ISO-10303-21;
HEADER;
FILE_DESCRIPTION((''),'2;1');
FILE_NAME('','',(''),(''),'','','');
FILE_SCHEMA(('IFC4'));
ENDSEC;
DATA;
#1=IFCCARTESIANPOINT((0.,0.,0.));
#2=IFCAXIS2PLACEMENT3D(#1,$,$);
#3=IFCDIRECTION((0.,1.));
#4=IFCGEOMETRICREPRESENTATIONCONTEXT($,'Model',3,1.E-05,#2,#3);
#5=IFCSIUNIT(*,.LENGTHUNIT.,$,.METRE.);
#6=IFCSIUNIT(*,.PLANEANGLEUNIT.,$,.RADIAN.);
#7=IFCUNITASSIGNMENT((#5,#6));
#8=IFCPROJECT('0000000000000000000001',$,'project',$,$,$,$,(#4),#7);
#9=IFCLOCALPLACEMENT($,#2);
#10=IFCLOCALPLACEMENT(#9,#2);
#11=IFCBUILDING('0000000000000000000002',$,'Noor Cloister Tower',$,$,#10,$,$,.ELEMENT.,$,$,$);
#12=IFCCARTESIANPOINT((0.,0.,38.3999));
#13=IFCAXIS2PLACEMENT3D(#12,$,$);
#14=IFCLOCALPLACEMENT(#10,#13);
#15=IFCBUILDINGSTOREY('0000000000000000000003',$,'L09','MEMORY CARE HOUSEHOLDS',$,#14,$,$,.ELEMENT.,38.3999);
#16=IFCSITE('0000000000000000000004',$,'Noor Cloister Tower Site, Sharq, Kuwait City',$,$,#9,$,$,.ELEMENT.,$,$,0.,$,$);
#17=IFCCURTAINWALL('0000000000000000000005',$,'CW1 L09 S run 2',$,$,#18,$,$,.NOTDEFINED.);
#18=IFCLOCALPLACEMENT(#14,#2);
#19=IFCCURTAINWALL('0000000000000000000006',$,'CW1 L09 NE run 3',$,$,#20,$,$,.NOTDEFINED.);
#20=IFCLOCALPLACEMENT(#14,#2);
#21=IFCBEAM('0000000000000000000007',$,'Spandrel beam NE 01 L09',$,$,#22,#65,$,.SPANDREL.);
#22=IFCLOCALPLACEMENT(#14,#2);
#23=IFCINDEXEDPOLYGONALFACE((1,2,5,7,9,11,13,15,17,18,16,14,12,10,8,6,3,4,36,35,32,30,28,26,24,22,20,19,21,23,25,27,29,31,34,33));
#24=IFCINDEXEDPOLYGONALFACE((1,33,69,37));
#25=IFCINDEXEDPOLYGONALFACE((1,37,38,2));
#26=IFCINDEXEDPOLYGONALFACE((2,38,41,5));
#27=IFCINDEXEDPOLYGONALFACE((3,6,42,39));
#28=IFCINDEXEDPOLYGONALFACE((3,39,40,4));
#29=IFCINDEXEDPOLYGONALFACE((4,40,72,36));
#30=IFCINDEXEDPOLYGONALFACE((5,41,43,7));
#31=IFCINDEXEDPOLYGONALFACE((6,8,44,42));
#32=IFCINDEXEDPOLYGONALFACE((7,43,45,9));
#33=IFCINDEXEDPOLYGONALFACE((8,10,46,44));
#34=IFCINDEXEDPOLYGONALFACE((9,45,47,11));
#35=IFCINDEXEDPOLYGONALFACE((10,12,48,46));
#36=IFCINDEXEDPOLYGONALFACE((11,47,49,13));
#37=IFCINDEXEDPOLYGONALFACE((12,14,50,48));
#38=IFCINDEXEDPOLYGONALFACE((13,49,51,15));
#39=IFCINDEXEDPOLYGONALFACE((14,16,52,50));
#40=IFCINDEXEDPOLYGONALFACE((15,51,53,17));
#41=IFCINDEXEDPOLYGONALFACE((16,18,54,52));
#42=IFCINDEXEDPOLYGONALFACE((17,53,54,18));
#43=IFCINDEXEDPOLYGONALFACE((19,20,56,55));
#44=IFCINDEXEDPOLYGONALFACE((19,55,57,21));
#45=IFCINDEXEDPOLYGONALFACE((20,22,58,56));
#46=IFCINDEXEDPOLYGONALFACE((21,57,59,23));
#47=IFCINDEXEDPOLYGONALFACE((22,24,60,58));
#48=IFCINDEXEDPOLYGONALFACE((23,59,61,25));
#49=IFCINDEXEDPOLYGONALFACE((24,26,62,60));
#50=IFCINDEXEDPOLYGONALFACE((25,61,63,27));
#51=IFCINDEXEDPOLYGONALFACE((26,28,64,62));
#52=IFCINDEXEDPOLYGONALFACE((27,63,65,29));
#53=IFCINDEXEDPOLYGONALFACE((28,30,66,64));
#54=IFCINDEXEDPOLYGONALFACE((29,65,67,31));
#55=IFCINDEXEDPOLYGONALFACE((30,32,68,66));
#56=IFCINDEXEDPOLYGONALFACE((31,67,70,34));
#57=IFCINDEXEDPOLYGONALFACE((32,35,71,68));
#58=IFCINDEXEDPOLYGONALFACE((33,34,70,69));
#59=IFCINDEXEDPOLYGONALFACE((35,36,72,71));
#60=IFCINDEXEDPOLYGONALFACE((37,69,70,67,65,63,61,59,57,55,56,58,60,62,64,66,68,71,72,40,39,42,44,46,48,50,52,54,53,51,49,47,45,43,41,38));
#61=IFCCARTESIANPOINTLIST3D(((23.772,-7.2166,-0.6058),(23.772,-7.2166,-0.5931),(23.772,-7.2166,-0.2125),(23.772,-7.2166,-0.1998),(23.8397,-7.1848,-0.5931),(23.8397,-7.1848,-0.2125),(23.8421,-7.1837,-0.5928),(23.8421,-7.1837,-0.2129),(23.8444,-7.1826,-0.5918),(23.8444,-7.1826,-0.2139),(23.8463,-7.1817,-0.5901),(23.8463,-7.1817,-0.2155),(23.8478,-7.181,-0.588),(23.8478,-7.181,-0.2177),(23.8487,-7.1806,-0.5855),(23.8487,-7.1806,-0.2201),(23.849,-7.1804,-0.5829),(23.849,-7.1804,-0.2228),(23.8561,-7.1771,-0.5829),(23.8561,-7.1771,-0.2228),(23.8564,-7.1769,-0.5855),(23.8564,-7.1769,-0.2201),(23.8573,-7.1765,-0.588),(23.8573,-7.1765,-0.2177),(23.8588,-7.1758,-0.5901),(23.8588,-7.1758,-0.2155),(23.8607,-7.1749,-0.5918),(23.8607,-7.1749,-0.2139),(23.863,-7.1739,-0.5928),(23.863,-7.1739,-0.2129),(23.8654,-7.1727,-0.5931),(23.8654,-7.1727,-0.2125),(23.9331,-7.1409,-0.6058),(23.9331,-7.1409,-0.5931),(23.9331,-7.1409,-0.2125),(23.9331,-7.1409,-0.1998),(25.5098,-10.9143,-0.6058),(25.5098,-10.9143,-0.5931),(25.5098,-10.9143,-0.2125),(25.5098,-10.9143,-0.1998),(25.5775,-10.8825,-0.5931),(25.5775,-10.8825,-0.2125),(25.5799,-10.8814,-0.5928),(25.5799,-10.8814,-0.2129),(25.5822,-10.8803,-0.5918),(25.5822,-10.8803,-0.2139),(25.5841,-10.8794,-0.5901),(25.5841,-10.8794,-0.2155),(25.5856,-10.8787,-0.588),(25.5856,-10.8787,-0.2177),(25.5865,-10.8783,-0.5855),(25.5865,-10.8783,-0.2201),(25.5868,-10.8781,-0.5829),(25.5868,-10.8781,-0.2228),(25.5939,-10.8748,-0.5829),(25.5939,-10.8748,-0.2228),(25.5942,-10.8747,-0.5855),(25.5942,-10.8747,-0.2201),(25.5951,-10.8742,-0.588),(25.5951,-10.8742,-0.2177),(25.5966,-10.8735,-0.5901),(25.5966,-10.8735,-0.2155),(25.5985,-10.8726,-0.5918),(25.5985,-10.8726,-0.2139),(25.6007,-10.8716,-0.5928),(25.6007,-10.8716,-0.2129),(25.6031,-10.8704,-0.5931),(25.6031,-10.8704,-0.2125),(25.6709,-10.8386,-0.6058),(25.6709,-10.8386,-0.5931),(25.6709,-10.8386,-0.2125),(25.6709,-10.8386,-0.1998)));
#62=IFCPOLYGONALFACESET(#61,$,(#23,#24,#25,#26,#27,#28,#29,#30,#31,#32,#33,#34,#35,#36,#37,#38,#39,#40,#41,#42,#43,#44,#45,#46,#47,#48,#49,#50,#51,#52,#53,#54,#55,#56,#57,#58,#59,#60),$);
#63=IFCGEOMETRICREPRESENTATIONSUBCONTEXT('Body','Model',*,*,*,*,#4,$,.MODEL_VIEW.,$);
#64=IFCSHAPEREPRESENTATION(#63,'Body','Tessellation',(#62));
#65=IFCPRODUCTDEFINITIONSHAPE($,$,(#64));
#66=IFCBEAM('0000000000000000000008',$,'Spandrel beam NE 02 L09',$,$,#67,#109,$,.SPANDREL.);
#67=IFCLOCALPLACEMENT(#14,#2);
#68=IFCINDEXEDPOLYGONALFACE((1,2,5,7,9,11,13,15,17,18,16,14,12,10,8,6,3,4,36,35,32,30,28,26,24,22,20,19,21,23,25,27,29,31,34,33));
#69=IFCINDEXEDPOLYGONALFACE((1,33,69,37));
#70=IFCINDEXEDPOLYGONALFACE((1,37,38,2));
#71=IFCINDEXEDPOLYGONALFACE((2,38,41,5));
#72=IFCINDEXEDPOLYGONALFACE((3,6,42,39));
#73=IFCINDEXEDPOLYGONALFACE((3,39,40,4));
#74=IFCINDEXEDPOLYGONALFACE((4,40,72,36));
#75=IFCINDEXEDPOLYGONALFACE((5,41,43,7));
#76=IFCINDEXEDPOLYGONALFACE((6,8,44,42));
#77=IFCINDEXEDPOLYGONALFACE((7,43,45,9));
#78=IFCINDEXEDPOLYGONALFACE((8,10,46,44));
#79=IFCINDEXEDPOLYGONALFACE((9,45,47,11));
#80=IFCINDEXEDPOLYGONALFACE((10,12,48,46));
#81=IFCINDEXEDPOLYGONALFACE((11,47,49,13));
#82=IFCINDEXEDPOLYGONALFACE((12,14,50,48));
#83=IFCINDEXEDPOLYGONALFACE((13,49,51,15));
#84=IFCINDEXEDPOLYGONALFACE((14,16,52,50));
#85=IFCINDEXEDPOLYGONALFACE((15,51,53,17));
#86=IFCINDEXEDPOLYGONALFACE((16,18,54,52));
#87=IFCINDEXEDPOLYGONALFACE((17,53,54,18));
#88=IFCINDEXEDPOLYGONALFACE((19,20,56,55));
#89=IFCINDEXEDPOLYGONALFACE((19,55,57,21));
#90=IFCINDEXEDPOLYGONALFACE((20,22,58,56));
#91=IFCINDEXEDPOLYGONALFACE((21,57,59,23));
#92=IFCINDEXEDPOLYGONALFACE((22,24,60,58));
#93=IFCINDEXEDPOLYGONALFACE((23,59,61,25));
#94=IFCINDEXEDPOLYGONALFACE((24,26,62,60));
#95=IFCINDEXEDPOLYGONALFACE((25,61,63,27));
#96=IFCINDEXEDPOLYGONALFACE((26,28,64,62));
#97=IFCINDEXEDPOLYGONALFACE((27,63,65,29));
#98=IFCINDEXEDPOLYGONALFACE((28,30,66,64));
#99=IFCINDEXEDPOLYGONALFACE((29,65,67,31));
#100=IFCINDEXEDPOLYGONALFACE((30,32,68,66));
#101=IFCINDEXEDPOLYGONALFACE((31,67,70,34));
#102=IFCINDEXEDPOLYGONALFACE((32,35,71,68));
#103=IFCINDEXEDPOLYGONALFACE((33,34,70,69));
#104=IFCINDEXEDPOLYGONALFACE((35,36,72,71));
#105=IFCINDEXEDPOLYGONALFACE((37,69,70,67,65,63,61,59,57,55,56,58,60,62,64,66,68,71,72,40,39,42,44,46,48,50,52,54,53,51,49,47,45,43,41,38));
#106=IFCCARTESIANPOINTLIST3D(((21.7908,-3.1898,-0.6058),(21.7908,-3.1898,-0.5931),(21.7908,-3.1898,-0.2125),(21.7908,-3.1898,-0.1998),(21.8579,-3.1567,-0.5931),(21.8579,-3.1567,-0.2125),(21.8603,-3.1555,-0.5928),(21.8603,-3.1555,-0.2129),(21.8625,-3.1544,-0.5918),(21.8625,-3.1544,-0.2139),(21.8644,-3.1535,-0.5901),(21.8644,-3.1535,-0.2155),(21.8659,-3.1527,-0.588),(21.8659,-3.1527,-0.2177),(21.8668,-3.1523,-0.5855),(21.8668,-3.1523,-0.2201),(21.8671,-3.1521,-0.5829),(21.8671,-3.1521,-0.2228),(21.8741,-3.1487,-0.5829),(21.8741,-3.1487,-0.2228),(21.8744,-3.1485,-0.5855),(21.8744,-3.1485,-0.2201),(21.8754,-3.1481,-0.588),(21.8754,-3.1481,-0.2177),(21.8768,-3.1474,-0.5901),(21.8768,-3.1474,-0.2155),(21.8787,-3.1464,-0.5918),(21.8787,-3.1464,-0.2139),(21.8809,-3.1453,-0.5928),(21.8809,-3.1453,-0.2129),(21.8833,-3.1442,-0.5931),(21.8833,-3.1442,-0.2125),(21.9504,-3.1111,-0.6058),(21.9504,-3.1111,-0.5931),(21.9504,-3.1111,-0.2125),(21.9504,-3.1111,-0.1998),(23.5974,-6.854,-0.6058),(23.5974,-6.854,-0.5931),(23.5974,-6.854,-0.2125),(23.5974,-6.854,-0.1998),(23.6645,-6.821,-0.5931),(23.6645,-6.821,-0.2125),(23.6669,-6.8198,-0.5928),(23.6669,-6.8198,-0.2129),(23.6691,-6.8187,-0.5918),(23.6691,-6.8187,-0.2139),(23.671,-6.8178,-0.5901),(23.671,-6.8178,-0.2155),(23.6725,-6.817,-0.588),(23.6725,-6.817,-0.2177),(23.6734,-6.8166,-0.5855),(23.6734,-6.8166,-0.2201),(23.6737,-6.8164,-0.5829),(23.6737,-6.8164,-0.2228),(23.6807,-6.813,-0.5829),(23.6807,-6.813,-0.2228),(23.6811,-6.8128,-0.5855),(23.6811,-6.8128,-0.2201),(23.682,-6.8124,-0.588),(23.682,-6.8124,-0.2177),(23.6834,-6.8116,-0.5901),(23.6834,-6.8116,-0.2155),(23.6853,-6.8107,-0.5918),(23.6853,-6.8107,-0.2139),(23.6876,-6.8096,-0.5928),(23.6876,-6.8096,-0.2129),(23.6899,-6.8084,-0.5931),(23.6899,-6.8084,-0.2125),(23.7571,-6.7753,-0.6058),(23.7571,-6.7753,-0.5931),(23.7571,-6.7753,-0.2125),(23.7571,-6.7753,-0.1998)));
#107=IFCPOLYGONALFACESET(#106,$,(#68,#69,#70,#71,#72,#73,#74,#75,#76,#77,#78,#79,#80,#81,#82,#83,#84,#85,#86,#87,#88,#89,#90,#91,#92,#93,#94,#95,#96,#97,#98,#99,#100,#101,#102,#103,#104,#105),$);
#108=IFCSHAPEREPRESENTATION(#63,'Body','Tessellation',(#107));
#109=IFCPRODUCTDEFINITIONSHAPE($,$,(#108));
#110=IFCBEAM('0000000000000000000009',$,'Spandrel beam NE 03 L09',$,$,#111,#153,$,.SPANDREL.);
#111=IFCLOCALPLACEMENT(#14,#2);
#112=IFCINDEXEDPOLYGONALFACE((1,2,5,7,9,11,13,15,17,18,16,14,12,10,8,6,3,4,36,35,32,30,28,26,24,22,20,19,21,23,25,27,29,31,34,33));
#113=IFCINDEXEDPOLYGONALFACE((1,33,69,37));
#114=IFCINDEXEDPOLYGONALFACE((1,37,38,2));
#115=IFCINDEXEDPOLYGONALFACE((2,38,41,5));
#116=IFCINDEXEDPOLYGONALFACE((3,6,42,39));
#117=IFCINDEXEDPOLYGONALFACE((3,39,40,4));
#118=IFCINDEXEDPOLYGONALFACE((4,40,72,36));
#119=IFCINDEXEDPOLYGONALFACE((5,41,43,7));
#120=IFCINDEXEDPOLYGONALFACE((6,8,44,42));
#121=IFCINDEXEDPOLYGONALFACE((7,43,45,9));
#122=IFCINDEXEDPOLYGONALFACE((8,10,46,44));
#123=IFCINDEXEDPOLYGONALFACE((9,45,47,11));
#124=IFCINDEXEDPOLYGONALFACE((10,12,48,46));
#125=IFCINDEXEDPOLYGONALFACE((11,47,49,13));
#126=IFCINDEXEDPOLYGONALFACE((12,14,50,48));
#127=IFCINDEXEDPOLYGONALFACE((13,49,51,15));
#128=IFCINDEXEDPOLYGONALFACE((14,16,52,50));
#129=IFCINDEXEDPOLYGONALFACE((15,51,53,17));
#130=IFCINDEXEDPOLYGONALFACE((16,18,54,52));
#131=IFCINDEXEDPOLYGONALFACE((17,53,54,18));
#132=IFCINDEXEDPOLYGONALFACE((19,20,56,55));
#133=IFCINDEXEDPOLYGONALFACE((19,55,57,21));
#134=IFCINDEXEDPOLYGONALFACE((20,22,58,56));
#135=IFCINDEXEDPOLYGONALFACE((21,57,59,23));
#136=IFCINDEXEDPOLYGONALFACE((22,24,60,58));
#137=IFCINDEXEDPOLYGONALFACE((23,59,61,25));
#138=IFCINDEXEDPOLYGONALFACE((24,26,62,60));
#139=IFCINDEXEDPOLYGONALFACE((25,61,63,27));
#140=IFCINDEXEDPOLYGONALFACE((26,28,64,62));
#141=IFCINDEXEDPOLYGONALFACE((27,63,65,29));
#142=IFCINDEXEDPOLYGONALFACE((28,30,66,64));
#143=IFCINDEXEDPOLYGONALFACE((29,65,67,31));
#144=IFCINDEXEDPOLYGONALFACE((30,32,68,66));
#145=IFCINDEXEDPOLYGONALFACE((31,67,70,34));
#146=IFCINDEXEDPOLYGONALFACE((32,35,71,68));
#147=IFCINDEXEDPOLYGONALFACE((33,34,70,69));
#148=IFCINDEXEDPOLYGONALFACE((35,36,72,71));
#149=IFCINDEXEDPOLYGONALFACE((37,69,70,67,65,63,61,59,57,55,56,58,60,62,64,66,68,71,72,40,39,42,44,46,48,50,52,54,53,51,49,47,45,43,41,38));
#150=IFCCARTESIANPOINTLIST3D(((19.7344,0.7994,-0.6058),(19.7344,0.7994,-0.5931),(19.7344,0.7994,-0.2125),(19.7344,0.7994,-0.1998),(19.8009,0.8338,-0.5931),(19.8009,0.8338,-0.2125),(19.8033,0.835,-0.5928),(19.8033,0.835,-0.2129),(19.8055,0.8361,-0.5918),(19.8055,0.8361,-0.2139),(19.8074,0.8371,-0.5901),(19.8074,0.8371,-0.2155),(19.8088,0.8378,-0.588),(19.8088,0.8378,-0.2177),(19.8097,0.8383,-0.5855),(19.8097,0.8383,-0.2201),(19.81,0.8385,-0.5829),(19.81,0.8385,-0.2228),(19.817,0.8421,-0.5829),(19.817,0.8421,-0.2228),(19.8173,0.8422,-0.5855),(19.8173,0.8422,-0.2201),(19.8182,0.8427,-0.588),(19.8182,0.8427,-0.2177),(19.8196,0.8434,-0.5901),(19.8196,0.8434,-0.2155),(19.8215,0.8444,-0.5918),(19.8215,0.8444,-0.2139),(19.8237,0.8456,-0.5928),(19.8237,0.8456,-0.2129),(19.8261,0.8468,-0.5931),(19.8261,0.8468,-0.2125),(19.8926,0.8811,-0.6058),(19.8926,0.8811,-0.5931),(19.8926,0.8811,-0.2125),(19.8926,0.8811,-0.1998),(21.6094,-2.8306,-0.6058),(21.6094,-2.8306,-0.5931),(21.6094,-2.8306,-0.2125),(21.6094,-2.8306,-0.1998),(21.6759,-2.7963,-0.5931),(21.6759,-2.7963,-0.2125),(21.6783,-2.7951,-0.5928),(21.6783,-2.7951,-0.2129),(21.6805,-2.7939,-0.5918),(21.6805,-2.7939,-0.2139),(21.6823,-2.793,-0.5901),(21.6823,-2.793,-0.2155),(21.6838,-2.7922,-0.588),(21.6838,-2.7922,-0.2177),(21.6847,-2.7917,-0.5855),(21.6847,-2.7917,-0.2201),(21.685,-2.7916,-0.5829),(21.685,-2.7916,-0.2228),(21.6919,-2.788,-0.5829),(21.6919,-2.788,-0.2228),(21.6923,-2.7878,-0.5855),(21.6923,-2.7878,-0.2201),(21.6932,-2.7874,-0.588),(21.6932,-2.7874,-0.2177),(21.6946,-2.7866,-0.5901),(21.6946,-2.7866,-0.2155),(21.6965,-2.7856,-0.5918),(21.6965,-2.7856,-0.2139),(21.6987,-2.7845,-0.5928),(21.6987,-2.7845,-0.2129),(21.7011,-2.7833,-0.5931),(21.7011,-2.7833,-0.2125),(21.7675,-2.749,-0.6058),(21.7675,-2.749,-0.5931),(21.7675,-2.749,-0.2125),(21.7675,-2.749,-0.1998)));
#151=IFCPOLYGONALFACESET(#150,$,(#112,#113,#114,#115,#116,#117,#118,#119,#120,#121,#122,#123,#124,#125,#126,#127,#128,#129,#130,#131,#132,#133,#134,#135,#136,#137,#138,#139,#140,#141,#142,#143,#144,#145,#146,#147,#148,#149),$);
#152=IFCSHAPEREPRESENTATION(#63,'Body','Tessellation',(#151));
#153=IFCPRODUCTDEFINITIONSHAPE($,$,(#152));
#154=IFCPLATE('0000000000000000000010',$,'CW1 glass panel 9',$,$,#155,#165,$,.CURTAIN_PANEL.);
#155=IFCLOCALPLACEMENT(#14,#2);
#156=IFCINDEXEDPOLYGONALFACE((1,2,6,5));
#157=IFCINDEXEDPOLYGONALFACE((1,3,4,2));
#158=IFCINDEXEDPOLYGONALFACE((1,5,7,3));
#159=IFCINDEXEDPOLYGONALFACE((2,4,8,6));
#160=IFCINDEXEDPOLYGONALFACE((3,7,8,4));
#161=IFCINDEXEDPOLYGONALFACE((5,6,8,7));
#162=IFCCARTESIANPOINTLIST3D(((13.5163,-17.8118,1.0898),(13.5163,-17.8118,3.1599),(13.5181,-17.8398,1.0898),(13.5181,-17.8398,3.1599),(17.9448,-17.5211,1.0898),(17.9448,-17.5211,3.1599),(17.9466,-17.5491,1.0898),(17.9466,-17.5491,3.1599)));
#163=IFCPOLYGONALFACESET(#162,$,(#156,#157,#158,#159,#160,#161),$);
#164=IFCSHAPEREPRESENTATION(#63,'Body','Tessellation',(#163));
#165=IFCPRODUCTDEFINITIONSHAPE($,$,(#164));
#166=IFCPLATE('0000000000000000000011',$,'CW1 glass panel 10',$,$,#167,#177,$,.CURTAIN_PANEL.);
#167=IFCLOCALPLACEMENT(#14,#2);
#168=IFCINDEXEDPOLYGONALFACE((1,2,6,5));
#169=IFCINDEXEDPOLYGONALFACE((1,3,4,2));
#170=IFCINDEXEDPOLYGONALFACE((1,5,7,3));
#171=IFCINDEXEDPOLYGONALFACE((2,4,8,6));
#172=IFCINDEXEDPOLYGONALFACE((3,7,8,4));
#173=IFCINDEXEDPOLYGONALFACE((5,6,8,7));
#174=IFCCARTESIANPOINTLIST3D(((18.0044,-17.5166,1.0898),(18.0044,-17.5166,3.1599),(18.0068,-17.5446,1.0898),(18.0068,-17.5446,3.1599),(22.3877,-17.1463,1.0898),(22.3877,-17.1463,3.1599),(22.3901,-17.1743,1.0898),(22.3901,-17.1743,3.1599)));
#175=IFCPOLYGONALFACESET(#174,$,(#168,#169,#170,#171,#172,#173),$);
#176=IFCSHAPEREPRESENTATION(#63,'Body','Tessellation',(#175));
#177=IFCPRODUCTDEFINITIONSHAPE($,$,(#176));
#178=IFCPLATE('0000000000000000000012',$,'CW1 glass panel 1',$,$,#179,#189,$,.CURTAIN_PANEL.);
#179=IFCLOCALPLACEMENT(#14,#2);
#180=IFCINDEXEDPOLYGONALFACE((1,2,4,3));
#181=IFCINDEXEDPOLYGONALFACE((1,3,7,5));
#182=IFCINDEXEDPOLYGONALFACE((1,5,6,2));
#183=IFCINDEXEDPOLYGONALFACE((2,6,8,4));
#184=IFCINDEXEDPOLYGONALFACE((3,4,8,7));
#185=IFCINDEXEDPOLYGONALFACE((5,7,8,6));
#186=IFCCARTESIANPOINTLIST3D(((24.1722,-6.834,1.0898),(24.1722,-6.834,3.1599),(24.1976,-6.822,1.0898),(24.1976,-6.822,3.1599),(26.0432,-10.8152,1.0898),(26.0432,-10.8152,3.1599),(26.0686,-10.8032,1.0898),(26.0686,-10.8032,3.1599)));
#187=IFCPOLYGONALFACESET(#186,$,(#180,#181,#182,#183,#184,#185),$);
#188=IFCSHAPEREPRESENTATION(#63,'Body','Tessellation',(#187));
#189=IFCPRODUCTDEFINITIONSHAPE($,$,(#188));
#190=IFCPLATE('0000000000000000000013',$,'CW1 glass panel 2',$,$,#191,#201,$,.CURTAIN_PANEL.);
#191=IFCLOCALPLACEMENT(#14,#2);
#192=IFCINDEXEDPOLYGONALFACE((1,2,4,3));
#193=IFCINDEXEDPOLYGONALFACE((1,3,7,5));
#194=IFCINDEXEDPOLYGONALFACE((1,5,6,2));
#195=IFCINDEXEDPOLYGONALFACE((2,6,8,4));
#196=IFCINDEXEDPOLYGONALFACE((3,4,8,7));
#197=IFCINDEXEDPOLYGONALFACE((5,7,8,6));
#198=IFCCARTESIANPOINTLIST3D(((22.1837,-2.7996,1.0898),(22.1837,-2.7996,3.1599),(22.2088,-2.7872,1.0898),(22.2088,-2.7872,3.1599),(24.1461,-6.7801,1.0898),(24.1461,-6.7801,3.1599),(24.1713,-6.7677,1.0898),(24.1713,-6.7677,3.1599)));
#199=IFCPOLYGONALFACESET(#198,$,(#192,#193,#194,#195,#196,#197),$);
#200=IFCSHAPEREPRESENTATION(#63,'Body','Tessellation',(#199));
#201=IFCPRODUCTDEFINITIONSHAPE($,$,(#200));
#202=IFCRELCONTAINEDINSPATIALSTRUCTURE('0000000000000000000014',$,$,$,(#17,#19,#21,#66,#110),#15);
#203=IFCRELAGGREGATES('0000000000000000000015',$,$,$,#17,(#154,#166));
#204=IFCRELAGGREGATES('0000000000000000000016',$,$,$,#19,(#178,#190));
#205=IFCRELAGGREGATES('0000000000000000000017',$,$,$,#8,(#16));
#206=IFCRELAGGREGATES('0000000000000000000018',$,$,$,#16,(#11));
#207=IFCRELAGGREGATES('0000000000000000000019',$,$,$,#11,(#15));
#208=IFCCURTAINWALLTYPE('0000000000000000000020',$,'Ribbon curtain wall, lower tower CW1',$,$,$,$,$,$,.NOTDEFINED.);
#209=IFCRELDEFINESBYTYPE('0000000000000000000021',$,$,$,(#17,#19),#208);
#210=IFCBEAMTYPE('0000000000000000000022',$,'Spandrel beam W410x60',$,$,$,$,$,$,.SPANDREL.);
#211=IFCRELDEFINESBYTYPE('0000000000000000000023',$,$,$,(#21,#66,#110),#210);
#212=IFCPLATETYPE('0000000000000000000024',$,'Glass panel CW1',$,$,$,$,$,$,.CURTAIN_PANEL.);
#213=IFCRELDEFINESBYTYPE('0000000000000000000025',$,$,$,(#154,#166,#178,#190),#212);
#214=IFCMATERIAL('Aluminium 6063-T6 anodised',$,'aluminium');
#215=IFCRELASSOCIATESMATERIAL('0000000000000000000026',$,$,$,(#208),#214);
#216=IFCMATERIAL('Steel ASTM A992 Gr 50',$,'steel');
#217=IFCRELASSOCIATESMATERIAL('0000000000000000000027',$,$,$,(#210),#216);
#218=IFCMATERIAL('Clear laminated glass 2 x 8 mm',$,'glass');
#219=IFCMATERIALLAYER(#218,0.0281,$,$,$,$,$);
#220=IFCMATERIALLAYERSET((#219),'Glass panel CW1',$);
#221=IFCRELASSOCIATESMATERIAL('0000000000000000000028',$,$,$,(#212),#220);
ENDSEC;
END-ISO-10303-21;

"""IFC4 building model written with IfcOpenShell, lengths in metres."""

from ifc_helpers import new_model, si_unit, direction, frame, origin, origin_2d, place, context, subcontext, project, spatial, rectangle, i_section, extrude, material, layer, layer_set, material_profile, profile_set, type_object, element, aggregate, save


model = new_model("IFC4")

# Units and contexts
model_context = context("Model", 3, precision=1e-05, world=origin(), true_north=direction((0.0, 1.0)))
body_context = subcontext(model_context, "Body", "Model", "MODEL_VIEW")
ifc_project = project(units=[si_unit("LENGTHUNIT", "METRE"), si_unit("PLANEANGLEUNIT", "RADIAN")], contexts=[model_context])

# Site, building, storey
site_placement = place(None, origin())
site = spatial("IfcSite", under=ifc_project, at=site_placement, Name="Noor Cloister Tower Site, Sharq, Kuwait City", CompositionType="ELEMENT", RefElevation=0.0)
building_placement = place(site_placement, origin())
building = spatial("IfcBuilding", under=site, at=building_placement, Name="Noor Cloister Tower", CompositionType="ELEMENT")
storey_placement = place(building_placement, frame((0.0, 0.0, 38.3999)))
storey = spatial("IfcBuildingStorey", under=building, at=storey_placement, Name="L09", Description="MEMORY CARE HOUSEHOLDS", CompositionType="ELEMENT", Elevation=38.3999)

# Curtain walls
ifc_material_1 = material(Name="Aluminium 6063-T6 anodised", Category="aluminium")
curtain_wall_type = type_object("IfcCurtainWallType", Name="Ribbon curtain wall, lower tower CW1", PredefinedType="NOTDEFINED", material=ifc_material_1)
curtain_wall_1_placement = place(storey_placement, origin())
curtain_wall_1 = element("IfcCurtainWall", 1, at=curtain_wall_1_placement, inside=storey, type_object=curtain_wall_type, Name="CW1 L09 S run 2", PredefinedType="NOTDEFINED")
curtain_wall_2_placement = place(storey_placement, origin())
curtain_wall_2 = element("IfcCurtainWall", 2, at=curtain_wall_2_placement, inside=storey, type_object=curtain_wall_type, Name="CW1 L09 NE run 3", PredefinedType="NOTDEFINED")

# Beams
ifc_material_2 = material(Name="Steel ASTM A992 Gr 50", Category="steel")
ifc_material_profile_1 = material_profile(ifc_material_2, i_section(OverallWidth=0.178, OverallDepth=0.406, WebThickness=0.0078, FlangeThickness=0.0127, FilletRadius=0.0103, at=origin_2d()), Name="W410x60")
ifc_profile_set_1 = profile_set([ifc_material_profile_1], Name="Steel ASTM A992 Gr 50")
beam_type_1 = type_object("IfcBeamType", Name="Spandrel beam W410x60", PredefinedType="SPANDREL", material=ifc_profile_set_1)
beam_1_placement = place(storey_placement, frame((25.5903, -10.8765, -0.4028), z_axis=(-0.425331, 0.905038, 0.0), x_axis=(-0.905038, -0.425331, 0.0)))
element("IfcBeam", 3, at=beam_1_placement, inside=storey, type_object=beam_type_1, Name="Spandrel beam NE 01 L09", PredefinedType="SPANDREL", context=body_context, shape_type="SweptSolid", body=[
    extrude(i_section(OverallWidth=0.178, OverallDepth=0.406, WebThickness=0.0078, FlangeThickness=0.0127, FilletRadius=0.0103, at=origin_2d()), origin(), (0.0, 0.0, 1.0), 4.0857),
])
beam_2_placement = place(storey_placement, frame((23.6772, -6.8147, -0.4028), z_axis=(-0.442211, 0.896911, 0.0), x_axis=(-0.896911, -0.442211, 0.0)))
element("IfcBeam", 4, at=beam_2_placement, inside=storey, type_object=beam_type_1, Name="Spandrel beam NE 02 L09", PredefinedType="SPANDREL", context=body_context, shape_type="SweptSolid", body=[
    extrude(i_section(OverallWidth=0.178, OverallDepth=0.406, WebThickness=0.0078, FlangeThickness=0.0127, FilletRadius=0.0103, at=origin_2d()), origin(), (0.0, 0.0, 1.0), 4.0854),
])
beam_3_placement = place(storey_placement, frame((21.6885, -2.7898, -0.4028), z_axis=(-0.458911, 0.888482, 0.0), x_axis=(-0.888482, -0.458911, 0.0)))
element("IfcBeam", 5, at=beam_3_placement, inside=storey, type_object=beam_type_1, Name="Spandrel beam NE 03 L09", PredefinedType="SPANDREL", context=body_context, shape_type="SweptSolid", body=[
    extrude(i_section(OverallWidth=0.178, OverallDepth=0.406, WebThickness=0.0078, FlangeThickness=0.0127, FilletRadius=0.0103, at=origin_2d()), origin(), (0.0, 0.0, 1.0), 4.0857),
])

# Plates
ifc_material_3 = material(Name="Clear laminated glass 2 x 8 mm", Category="glass")
ifc_layer_1 = layer(ifc_material_3, 0.0281)
ifc_layer_set_1 = layer_set([ifc_layer_1], Name="Glass panel CW1")
plate_type = type_object("IfcPlateType", Name="Glass panel CW1", PredefinedType="CURTAIN_PANEL", material=ifc_layer_set_1)
plate_1_placement = place(storey_placement, frame((15.7314, -17.6804, 1.0898), z_axis=(0.0, 0.0, 1.0), x_axis=(0.997853, 0.065499, 0.0)))
plate_1 = element("IfcPlate", 6, at=plate_1_placement, type_object=plate_type, Name="CW1 glass panel 9", PredefinedType="CURTAIN_PANEL", context=body_context, shape_type="SweptSolid", body=[
    extrude(rectangle(XDim=4.438, YDim=0.0281, at=origin_2d()), origin(), (0.0, 0.0, 1.0), 2.0701),
])
plate_2_placement = place(storey_placement, frame((20.1973, -17.3455, 1.0898), z_axis=(0.0, 0.0, 1.0), x_axis=(0.996451, 0.084174, 0.0)))
plate_2 = element("IfcPlate", 7, at=plate_2_placement, type_object=plate_type, Name="CW1 glass panel 10", PredefinedType="CURTAIN_PANEL", context=body_context, shape_type="SweptSolid", body=[
    extrude(rectangle(XDim=4.3989, YDim=0.0281, at=origin_2d()), origin(), (0.0, 0.0, 1.0), 2.0701),
])
aggregate(curtain_wall_1, [plate_1, plate_2])
plate_3_placement = place(storey_placement, frame((25.1204, -8.8186, 1.0898), z_axis=(0.0, 0.0, 1.0), x_axis=(-0.425329, 0.905039, 0.0)))
plate_3 = element("IfcPlate", 8, at=plate_3_placement, type_object=plate_type, Name="CW1 glass panel 1", PredefinedType="CURTAIN_PANEL", context=body_context, shape_type="SweptSolid", body=[
    extrude(rectangle(XDim=4.3989, YDim=0.0281, at=origin_2d()), origin(), (0.0, 0.0, 1.0), 2.0701),
])
plate_4_placement = place(storey_placement, frame((23.1775, -4.7837, 1.0898), z_axis=(0.0, 0.0, 1.0), x_axis=(-0.442202, 0.896915, 0.0)))
plate_4 = element("IfcPlate", 9, at=plate_4_placement, type_object=plate_type, Name="CW1 glass panel 2", PredefinedType="CURTAIN_PANEL", context=body_context, shape_type="SweptSolid", body=[
    extrude(rectangle(XDim=4.438, YDim=0.0281, at=origin_2d()), origin(), (0.0, 0.0, 1.0), 2.0701),
])
aggregate(curtain_wall_2, [plate_3, plate_4])

save(model, "model.ifc")
